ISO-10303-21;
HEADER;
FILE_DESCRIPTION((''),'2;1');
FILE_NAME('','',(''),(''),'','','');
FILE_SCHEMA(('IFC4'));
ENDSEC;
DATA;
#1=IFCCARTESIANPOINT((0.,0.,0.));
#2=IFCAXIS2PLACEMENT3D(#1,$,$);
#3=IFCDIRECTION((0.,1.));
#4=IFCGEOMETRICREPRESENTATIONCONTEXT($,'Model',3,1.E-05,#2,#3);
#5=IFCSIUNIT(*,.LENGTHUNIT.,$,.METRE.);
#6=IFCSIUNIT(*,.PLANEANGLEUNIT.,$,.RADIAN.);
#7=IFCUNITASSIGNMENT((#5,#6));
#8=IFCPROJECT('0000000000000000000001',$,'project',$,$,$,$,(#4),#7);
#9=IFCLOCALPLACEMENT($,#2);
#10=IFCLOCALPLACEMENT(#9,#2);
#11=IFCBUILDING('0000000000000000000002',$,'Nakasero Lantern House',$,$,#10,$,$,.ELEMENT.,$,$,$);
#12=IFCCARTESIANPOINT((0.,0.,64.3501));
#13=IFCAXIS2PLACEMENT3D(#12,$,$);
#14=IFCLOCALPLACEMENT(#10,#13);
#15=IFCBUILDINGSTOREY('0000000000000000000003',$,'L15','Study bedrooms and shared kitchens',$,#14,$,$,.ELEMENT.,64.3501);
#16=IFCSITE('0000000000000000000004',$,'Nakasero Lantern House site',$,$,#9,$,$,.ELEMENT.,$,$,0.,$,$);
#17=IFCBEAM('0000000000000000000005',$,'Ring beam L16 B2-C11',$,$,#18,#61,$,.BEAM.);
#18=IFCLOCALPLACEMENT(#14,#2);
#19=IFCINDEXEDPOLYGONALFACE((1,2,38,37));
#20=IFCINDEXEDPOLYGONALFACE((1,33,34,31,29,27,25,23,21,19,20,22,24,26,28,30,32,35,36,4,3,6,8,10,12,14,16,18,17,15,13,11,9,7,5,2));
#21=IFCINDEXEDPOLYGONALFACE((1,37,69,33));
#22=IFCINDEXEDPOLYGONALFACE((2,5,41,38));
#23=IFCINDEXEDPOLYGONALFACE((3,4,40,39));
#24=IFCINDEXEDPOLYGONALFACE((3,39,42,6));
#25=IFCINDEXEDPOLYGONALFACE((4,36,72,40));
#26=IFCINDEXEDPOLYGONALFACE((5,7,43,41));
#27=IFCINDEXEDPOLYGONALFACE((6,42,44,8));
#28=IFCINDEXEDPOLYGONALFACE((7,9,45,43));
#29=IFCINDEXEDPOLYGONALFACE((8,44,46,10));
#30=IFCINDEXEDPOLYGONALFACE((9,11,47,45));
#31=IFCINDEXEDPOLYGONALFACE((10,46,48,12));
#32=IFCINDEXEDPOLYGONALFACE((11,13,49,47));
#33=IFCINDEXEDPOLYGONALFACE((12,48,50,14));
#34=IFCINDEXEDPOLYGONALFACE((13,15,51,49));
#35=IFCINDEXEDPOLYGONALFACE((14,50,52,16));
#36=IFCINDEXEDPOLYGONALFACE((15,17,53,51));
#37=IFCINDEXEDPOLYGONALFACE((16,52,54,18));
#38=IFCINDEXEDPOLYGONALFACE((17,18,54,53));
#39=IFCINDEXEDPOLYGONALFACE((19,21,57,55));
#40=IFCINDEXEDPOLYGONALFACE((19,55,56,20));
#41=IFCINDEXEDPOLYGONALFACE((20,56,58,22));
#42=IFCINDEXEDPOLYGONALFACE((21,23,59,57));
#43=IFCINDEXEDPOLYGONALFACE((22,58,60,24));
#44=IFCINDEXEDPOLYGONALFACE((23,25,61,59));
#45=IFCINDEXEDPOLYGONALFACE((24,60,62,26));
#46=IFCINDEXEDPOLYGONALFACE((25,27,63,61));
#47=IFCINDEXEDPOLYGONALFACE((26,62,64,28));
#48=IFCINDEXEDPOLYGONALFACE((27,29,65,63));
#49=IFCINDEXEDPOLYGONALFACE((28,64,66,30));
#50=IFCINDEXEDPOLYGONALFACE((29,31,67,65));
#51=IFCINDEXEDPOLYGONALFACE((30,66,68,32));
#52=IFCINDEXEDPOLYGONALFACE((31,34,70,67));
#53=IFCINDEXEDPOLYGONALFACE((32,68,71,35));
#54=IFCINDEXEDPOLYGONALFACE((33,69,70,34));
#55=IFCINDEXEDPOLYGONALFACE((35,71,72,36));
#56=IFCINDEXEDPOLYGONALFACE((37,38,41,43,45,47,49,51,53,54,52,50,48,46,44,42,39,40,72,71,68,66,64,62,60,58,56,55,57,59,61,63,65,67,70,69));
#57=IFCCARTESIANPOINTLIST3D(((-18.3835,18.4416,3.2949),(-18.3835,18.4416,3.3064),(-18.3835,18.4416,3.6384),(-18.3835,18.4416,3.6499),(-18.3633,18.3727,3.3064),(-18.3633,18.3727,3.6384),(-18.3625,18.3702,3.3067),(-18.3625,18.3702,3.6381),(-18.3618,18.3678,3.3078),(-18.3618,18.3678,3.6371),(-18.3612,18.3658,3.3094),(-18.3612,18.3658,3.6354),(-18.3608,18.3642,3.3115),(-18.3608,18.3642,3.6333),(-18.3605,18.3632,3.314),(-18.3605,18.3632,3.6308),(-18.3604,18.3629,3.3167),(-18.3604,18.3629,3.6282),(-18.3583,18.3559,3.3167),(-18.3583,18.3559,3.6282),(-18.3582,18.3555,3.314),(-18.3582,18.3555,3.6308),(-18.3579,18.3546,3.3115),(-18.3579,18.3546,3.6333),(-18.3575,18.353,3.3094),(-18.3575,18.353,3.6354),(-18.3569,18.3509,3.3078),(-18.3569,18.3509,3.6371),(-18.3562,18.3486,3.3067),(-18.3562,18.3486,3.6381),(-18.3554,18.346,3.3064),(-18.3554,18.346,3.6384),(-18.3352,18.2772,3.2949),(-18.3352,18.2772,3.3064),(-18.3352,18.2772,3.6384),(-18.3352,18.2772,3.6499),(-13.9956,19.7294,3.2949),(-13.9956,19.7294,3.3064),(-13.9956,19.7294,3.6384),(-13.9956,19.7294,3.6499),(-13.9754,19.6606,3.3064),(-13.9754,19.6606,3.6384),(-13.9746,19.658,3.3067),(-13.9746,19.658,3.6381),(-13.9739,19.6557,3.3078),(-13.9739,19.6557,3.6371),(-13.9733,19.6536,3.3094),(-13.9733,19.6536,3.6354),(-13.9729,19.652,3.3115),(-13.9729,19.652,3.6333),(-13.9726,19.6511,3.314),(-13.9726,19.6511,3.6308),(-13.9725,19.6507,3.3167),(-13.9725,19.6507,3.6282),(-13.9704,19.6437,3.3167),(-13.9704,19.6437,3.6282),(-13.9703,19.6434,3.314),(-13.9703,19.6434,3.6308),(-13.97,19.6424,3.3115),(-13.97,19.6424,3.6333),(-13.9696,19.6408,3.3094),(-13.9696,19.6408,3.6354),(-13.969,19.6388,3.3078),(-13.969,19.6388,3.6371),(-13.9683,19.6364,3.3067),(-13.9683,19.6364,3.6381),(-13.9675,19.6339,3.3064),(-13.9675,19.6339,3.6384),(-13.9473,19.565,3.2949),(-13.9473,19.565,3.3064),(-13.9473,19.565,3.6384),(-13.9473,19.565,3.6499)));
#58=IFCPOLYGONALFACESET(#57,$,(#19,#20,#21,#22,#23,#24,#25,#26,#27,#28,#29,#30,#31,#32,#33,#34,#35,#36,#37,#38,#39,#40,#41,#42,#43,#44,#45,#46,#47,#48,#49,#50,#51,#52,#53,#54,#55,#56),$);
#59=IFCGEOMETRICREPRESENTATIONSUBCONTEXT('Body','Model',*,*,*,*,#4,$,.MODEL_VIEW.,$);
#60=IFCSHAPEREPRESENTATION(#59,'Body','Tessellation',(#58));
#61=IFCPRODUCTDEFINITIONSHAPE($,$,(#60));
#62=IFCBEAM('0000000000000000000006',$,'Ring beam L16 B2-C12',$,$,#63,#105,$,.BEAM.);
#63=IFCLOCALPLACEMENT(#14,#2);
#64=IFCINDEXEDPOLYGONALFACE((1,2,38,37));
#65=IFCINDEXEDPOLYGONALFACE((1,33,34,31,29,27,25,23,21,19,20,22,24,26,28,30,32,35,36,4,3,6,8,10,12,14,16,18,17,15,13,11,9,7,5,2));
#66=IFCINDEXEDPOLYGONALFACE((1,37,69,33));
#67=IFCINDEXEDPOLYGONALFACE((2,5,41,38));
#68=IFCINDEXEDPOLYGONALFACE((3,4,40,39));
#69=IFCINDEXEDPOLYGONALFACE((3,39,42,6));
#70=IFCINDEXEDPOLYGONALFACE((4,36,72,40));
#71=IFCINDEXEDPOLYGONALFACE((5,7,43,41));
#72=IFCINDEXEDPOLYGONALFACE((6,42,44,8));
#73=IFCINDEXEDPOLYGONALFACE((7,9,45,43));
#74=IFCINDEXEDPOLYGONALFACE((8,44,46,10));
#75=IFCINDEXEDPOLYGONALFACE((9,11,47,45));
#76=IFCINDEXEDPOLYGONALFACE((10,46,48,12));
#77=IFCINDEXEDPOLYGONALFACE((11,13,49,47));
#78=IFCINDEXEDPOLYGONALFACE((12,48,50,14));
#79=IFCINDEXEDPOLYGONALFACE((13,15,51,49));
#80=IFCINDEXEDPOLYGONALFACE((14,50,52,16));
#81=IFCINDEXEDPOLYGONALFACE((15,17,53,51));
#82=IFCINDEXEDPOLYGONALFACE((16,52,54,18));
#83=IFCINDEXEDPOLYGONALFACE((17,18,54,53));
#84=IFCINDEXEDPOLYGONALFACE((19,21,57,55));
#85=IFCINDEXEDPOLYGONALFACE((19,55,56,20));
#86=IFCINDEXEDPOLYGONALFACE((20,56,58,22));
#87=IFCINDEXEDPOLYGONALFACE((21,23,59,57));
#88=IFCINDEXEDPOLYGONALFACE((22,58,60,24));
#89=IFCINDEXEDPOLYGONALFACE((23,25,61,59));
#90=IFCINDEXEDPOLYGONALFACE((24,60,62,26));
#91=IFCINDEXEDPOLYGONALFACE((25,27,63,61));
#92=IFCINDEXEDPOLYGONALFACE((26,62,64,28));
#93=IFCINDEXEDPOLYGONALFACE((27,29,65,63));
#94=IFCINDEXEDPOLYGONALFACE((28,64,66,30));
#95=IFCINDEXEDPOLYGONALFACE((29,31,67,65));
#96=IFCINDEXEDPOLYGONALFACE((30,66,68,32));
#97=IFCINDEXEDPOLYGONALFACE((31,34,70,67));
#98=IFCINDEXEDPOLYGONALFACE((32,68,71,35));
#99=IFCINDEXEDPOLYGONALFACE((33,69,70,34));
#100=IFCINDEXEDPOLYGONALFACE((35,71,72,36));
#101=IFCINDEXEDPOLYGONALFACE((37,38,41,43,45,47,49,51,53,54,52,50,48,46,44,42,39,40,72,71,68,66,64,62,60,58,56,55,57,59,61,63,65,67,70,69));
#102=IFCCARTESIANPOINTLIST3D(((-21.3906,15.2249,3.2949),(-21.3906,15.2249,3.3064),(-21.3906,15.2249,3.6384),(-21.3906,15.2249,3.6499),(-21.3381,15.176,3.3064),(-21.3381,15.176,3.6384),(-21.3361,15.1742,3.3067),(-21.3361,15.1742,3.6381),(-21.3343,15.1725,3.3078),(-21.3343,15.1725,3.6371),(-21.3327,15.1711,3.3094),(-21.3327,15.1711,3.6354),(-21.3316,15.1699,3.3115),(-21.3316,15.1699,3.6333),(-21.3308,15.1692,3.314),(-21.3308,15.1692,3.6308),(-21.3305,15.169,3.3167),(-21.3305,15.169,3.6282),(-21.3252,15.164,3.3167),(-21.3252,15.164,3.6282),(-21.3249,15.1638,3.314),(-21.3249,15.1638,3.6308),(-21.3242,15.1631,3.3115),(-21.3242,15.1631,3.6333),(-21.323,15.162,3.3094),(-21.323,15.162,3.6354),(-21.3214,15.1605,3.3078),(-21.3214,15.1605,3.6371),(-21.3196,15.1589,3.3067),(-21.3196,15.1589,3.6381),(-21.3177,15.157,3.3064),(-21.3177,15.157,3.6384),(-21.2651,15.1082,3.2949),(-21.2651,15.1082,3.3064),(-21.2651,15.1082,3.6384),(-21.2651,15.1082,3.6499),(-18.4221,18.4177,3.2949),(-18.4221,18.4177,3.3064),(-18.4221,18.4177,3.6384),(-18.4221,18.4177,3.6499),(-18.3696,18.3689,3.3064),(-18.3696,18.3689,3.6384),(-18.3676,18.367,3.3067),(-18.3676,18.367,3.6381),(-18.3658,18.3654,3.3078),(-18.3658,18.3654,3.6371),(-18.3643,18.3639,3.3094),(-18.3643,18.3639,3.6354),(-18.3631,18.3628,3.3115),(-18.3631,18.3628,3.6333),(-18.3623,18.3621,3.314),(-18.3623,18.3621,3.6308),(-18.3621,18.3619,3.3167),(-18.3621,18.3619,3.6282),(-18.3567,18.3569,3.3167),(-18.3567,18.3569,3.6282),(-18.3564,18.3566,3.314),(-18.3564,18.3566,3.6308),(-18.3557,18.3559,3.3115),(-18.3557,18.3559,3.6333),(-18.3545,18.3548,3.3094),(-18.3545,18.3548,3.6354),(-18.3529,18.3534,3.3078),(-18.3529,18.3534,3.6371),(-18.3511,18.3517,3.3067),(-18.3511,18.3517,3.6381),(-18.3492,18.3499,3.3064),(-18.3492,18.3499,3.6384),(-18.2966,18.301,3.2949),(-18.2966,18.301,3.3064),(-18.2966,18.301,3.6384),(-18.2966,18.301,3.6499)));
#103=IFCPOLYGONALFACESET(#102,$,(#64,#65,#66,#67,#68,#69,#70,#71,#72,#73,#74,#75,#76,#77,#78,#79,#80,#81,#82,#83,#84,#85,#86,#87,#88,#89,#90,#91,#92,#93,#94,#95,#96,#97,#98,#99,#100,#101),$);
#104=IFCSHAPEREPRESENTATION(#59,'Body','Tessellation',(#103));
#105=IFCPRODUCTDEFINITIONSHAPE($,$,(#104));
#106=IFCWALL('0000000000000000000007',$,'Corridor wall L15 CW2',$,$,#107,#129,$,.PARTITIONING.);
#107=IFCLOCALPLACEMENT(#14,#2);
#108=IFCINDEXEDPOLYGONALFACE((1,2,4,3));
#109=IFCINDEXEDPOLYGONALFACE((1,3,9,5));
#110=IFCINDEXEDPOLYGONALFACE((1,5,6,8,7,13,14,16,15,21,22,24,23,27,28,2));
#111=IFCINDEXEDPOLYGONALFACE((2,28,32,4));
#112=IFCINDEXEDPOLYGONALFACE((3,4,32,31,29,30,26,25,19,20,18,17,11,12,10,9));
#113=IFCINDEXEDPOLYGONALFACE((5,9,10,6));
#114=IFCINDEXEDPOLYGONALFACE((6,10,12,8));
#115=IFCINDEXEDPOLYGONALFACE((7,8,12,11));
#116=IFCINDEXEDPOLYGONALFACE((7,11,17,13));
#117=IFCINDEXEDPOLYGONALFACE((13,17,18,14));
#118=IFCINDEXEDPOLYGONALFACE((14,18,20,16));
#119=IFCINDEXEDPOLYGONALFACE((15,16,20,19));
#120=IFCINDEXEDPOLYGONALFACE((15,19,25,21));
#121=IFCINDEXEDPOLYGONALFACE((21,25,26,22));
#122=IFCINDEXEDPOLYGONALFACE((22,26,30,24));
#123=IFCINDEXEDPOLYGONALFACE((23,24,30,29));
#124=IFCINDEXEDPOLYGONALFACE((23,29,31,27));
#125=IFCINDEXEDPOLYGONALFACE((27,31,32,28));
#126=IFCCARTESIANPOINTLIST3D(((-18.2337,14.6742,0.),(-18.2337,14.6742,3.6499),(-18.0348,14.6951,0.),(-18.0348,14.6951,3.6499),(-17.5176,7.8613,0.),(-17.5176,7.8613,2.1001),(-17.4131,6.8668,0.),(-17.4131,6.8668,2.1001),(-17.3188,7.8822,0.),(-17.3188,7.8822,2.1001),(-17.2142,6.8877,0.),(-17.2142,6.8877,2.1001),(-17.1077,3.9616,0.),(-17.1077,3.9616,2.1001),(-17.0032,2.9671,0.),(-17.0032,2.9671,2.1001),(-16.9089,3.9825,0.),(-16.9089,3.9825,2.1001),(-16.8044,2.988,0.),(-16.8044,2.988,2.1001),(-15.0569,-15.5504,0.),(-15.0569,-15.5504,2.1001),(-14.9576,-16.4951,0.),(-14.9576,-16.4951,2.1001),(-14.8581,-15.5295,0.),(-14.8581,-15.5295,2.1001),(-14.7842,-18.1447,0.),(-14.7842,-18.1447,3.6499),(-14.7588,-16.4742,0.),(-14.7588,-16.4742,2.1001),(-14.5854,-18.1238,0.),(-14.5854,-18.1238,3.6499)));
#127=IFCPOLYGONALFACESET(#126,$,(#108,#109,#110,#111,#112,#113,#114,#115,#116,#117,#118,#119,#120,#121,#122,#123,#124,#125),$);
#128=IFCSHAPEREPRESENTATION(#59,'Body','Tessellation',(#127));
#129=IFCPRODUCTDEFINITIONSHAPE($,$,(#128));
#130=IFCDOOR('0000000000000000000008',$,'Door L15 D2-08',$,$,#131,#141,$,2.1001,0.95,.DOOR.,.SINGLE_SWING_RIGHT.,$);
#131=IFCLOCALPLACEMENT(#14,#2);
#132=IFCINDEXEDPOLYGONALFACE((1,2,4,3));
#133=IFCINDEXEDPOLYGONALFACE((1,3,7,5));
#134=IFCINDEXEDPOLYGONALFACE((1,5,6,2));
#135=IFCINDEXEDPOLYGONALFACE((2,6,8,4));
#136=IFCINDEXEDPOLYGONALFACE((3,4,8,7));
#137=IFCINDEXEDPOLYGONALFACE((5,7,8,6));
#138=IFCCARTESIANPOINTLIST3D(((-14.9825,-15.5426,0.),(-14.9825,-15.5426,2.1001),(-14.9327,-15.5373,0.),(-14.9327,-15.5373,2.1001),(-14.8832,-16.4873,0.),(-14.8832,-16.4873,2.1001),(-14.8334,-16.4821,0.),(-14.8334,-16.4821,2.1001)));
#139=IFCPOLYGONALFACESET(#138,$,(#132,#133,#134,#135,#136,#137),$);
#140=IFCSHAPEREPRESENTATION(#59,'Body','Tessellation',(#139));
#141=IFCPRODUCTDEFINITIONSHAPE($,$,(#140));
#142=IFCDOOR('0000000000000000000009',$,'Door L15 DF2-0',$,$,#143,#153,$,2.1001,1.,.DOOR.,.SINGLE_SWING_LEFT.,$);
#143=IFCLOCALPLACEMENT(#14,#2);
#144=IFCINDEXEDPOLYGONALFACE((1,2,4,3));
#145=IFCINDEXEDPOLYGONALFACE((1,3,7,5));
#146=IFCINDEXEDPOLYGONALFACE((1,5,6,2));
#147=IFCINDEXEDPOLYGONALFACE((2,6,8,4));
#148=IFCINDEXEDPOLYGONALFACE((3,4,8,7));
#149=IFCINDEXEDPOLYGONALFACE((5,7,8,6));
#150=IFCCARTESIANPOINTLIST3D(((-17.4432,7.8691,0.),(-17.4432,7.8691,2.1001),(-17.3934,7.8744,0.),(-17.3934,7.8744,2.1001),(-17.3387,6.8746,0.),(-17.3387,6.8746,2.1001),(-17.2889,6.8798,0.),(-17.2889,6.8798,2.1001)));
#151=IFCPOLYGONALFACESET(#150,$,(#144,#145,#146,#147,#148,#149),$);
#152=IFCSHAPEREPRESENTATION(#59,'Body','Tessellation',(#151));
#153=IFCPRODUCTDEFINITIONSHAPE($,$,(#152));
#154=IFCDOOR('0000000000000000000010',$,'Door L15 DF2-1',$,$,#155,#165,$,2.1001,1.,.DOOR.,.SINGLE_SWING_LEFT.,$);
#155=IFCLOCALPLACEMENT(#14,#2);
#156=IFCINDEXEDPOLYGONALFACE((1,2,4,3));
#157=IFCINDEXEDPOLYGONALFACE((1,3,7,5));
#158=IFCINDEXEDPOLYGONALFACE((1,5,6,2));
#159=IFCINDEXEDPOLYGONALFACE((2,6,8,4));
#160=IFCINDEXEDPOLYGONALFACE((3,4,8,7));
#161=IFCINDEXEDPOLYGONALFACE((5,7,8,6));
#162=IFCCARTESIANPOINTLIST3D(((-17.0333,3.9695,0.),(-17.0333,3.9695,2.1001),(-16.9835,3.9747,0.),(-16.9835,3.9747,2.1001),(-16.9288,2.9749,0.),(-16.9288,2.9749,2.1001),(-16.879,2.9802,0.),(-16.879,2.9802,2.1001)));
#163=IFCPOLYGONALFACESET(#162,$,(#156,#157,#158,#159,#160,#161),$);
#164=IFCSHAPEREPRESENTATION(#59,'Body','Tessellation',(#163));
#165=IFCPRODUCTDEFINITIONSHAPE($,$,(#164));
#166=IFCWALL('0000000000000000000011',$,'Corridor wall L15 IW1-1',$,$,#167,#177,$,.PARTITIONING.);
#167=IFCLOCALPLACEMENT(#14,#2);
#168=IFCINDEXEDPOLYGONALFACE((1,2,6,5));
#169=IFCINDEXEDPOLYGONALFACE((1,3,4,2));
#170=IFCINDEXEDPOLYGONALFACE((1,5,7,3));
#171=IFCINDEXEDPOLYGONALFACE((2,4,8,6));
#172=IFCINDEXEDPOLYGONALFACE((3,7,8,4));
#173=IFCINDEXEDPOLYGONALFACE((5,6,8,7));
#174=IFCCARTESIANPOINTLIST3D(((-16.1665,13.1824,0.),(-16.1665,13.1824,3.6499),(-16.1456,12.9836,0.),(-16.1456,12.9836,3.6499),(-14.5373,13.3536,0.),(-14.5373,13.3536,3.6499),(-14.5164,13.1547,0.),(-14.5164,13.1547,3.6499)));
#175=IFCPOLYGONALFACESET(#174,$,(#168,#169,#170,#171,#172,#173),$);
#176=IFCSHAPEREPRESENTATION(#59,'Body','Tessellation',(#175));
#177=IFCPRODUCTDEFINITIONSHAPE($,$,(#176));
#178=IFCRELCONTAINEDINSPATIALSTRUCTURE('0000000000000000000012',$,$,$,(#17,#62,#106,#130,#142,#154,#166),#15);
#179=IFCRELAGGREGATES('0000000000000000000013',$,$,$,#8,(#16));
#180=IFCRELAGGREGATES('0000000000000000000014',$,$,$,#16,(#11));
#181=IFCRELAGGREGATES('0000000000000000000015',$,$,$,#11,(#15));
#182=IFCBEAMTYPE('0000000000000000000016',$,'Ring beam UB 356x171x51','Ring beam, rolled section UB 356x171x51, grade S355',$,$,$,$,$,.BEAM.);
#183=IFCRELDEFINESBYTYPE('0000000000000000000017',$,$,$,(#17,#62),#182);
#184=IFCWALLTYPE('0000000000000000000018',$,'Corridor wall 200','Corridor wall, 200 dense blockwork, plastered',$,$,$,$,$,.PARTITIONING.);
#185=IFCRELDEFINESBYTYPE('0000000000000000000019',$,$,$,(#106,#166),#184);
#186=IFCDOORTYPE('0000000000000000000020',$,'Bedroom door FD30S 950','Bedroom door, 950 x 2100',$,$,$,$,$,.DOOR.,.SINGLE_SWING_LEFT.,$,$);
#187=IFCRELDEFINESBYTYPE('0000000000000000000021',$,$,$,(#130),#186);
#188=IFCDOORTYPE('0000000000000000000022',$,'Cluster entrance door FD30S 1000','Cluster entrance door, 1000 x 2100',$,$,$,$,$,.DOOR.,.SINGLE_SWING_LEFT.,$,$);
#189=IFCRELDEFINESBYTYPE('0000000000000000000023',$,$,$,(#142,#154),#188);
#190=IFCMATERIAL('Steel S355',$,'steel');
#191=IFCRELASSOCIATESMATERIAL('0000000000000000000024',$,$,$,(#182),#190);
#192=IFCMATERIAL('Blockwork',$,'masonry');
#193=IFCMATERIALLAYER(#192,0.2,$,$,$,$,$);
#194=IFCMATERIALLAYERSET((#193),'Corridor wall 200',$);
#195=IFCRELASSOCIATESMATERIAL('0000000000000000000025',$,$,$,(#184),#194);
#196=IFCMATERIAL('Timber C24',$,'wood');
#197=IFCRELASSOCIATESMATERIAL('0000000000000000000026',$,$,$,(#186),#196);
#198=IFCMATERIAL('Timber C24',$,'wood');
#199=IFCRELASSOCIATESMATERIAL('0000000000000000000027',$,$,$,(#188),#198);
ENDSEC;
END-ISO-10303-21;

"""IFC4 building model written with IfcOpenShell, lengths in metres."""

from ifc_helpers import new_model, si_unit, direction, frame, frame_2d, origin, origin_2d, place, context, subcontext, project, spatial, rectangle, i_section, extrude, material, layer, layer_set, material_profile, profile_set, type_object, element, fill, save


model = new_model("IFC4")

# Units and contexts
model_context = context("Model", 3, precision=1e-05, world=origin(), true_north=direction((0.0, 1.0)))
body_context = subcontext(model_context, "Body", "Model", "MODEL_VIEW")
ifc_project = project(units=[si_unit("LENGTHUNIT", "METRE"), si_unit("PLANEANGLEUNIT", "RADIAN")], contexts=[model_context])

# Site, building, storey
site_placement = place(None, origin())
site = spatial("IfcSite", under=ifc_project, at=site_placement, Name="Nakasero Lantern House site", CompositionType="ELEMENT", RefElevation=0.0)
building_placement = place(site_placement, origin())
building = spatial("IfcBuilding", under=site, at=building_placement, Name="Nakasero Lantern House", CompositionType="ELEMENT")
storey_placement = place(building_placement, frame((0.0, 0.0, 64.3501)))
storey = spatial("IfcBuildingStorey", under=building, at=storey_placement, Name="L15", Description="Study bedrooms and shared kitchens", CompositionType="ELEMENT", Elevation=64.3501)

# Beams
ifc_material_1 = material(Name="Steel S355", Category="steel")
ifc_material_profile_1 = material_profile(ifc_material_1, i_section(OverallWidth=0.1714, OverallDepth=0.355, WebThickness=0.0073, FlangeThickness=0.0115, FilletRadius=0.0103, at=origin_2d()), Name="UB 356x171x51")
ifc_profile_set_1 = profile_set([ifc_material_profile_1], Name="Steel S355")
beam_type_1 = type_object("IfcBeamType", Name="Ring beam UB 356x171x51", Description="Ring beam, rolled section UB 356x171x51, grade S355", PredefinedType="BEAM", material=ifc_profile_set_1)
beam_1_placement = place(storey_placement, frame((-13.9714, 19.6472, 3.4724), z_axis=(-0.959527, -0.281617, 0.0), x_axis=(0.281617, -0.959527, 0.0)))
element("IfcBeam", 1, at=beam_1_placement, inside=storey, type_object=beam_type_1, Name="Ring beam L16 B2-C11", PredefinedType="BEAM", context=body_context, shape_type="SweptSolid", body=[
    extrude(i_section(OverallWidth=0.1714, OverallDepth=0.355, WebThickness=0.0073, FlangeThickness=0.0115, FilletRadius=0.0103, at=origin_2d()), origin(), (0.0, 0.0, 1.0), 4.573),
])
beam_2_placement = place(storey_placement, frame((-18.3594, 18.3594, 3.4724), z_axis=(-0.680906, -0.732371, 0.0), x_axis=(0.732371, -0.680906, 0.0)))
element("IfcBeam", 2, at=beam_2_placement, inside=storey, type_object=beam_type_1, Name="Ring beam L16 B2-C12", PredefinedType="BEAM", context=body_context, shape_type="SweptSolid", body=[
    extrude(i_section(OverallWidth=0.1714, OverallDepth=0.355, WebThickness=0.0073, FlangeThickness=0.0115, FilletRadius=0.0103, at=origin_2d()), origin(), (0.0, 0.0, 1.0), 4.3596),
])

# Wall, openings, doors
ifc_material_2 = material(Name="Blockwork", Category="masonry")
ifc_layer_1 = layer(ifc_material_2, 0.2)
ifc_layer_set_1 = layer_set([ifc_layer_1], Name="Corridor wall 200")
wall_type_1 = type_object("IfcWallType", Name="Corridor wall 200", Description="Corridor wall, 200 dense blockwork, plastered", PredefinedType="PARTITIONING", material=ifc_layer_set_1)
wall_1_placement = place(storey_placement, frame((-18.1343, 14.6848, 0.0), z_axis=(0.0, 0.0, 1.0), x_axis=(0.10453, -0.994522, 0.0)))
wall_1 = element("IfcWall", 3, at=wall_1_placement, inside=storey, type_object=wall_type_1, Name="Corridor wall L15 CW2", PredefinedType="PARTITIONING", context=body_context, shape_type="SweptSolid", body=[
    extrude(rectangle(XDim=32.9998, YDim=0.2, at=frame_2d((16.5, 0.0))), origin(), (0.0, 0.0, 1.0), 3.6499),
])
opening_1_placement = place(wall_1_placement, frame((6.8506, 0.0, 0.0)))
opening_1 = element("IfcOpeningElement", 4, at=opening_1_placement, cuts=wall_1, PredefinedType="OPENING", context=body_context, shape_type="SweptSolid", body=[
    extrude(rectangle(XDim=1.0, YDim=2.1001, at=frame_2d((0.5, 1.05))), frame((0.0, 0.1199, 0.0), z_axis=(0.0, -1.0, 0.0), x_axis=(1.0, 0.0, 0.0)), (0.0, 0.0, 1.0), 0.24),
])
opening_2_placement = place(wall_1_placement, frame((10.7717, 0.0, 0.0)))
opening_2 = element("IfcOpeningElement", 5, at=opening_2_placement, cuts=wall_1, PredefinedType="OPENING", context=body_context, shape_type="SweptSolid", body=[
    extrude(rectangle(XDim=1.0, YDim=2.1001, at=frame_2d((0.5, 1.05))), frame((0.0, 0.1199, 0.0), z_axis=(0.0, -1.0, 0.0), x_axis=(1.0, 0.0, 0.0)), (0.0, 0.0, 1.0), 0.24),
])
opening_3_placement = place(wall_1_placement, frame((30.3911, 0.0, 0.0)))
opening_3 = element("IfcOpeningElement", 6, at=opening_3_placement, cuts=wall_1, PredefinedType="OPENING", context=body_context, shape_type="SweptSolid", body=[
    extrude(rectangle(XDim=0.95, YDim=2.1001, at=frame_2d((0.4751, 1.05))), frame((0.0, 0.1199, 0.0), z_axis=(0.0, -1.0, 0.0), x_axis=(1.0, 0.0, 0.0)), (0.0, 0.0, 1.0), 0.24),
])
ifc_material_3 = material(Name="Timber C24", Category="wood")
door_type_1 = type_object("IfcDoorType", Name="Bedroom door FD30S 950", Description="Bedroom door, 950 x 2100", OperationType="SINGLE_SWING_LEFT", PredefinedType="DOOR", material=ifc_material_3)
door_1_placement = place(opening_3_placement, origin())
door_1 = element("IfcDoor", 7, at=door_1_placement, inside=storey, type_object=door_type_1, Name="Door L15 D2-08", OperationType="SINGLE_SWING_RIGHT", OverallHeight=2.1001, OverallWidth=0.95, PredefinedType="DOOR", context=body_context, shape_type="SweptSolid", body=[
    extrude(rectangle(XDim=0.95, YDim=2.1001, at=frame_2d((0.4751, 1.05))), frame((0.0, 0.0249, 0.0), z_axis=(0.0, -1.0, 0.0), x_axis=(1.0, 0.0, 0.0)), (0.0, 0.0, 1.0), 0.05),
])
fill(opening_3, door_1)
ifc_material_4 = material(Name="Timber C24", Category="wood")
door_type_2 = type_object("IfcDoorType", Name="Cluster entrance door FD30S 1000", Description="Cluster entrance door, 1000 x 2100", OperationType="SINGLE_SWING_LEFT", PredefinedType="DOOR", material=ifc_material_4)
door_2_placement = place(opening_1_placement, origin())
door_2 = element("IfcDoor", 8, at=door_2_placement, inside=storey, type_object=door_type_2, Name="Door L15 DF2-0", OperationType="SINGLE_SWING_LEFT", OverallHeight=2.1001, OverallWidth=1.0, PredefinedType="DOOR", context=body_context, shape_type="SweptSolid", body=[
    extrude(rectangle(XDim=1.0, YDim=2.1001, at=frame_2d((0.5, 1.05))), frame((0.0, 0.0249, 0.0), z_axis=(0.0, -1.0, 0.0), x_axis=(1.0, 0.0, 0.0)), (0.0, 0.0, 1.0), 0.05),
])
fill(opening_1, door_2)
door_3_placement = place(opening_2_placement, origin())
door_3 = element("IfcDoor", 9, at=door_3_placement, inside=storey, type_object=door_type_2, Name="Door L15 DF2-1", OperationType="SINGLE_SWING_LEFT", OverallHeight=2.1001, OverallWidth=1.0, PredefinedType="DOOR", context=body_context, shape_type="SweptSolid", body=[
    extrude(rectangle(XDim=1.0, YDim=2.1001, at=frame_2d((0.5, 1.05))), frame((0.0, 0.0249, 0.0), z_axis=(0.0, -1.0, 0.0), x_axis=(1.0, 0.0, 0.0)), (0.0, 0.0, 1.0), 0.05),
])
fill(opening_2, door_3)

# Wall
wall_2_placement = place(storey_placement, frame((-14.5269, 13.2542, 0.0), z_axis=(0.0, 0.0, 1.0), x_axis=(-0.994527, -0.104475, 0.0)))
element("IfcWall", 10, at=wall_2_placement, inside=storey, type_object=wall_type_1, Name="Corridor wall L15 IW1-1", PredefinedType="PARTITIONING", context=body_context, shape_type="SweptSolid", body=[
    extrude(rectangle(XDim=1.6382, YDim=0.2, at=frame_2d((0.8191, 0.0))), origin(), (0.0, 0.0, 1.0), 3.6499),
])

save(model, "model.ifc")
